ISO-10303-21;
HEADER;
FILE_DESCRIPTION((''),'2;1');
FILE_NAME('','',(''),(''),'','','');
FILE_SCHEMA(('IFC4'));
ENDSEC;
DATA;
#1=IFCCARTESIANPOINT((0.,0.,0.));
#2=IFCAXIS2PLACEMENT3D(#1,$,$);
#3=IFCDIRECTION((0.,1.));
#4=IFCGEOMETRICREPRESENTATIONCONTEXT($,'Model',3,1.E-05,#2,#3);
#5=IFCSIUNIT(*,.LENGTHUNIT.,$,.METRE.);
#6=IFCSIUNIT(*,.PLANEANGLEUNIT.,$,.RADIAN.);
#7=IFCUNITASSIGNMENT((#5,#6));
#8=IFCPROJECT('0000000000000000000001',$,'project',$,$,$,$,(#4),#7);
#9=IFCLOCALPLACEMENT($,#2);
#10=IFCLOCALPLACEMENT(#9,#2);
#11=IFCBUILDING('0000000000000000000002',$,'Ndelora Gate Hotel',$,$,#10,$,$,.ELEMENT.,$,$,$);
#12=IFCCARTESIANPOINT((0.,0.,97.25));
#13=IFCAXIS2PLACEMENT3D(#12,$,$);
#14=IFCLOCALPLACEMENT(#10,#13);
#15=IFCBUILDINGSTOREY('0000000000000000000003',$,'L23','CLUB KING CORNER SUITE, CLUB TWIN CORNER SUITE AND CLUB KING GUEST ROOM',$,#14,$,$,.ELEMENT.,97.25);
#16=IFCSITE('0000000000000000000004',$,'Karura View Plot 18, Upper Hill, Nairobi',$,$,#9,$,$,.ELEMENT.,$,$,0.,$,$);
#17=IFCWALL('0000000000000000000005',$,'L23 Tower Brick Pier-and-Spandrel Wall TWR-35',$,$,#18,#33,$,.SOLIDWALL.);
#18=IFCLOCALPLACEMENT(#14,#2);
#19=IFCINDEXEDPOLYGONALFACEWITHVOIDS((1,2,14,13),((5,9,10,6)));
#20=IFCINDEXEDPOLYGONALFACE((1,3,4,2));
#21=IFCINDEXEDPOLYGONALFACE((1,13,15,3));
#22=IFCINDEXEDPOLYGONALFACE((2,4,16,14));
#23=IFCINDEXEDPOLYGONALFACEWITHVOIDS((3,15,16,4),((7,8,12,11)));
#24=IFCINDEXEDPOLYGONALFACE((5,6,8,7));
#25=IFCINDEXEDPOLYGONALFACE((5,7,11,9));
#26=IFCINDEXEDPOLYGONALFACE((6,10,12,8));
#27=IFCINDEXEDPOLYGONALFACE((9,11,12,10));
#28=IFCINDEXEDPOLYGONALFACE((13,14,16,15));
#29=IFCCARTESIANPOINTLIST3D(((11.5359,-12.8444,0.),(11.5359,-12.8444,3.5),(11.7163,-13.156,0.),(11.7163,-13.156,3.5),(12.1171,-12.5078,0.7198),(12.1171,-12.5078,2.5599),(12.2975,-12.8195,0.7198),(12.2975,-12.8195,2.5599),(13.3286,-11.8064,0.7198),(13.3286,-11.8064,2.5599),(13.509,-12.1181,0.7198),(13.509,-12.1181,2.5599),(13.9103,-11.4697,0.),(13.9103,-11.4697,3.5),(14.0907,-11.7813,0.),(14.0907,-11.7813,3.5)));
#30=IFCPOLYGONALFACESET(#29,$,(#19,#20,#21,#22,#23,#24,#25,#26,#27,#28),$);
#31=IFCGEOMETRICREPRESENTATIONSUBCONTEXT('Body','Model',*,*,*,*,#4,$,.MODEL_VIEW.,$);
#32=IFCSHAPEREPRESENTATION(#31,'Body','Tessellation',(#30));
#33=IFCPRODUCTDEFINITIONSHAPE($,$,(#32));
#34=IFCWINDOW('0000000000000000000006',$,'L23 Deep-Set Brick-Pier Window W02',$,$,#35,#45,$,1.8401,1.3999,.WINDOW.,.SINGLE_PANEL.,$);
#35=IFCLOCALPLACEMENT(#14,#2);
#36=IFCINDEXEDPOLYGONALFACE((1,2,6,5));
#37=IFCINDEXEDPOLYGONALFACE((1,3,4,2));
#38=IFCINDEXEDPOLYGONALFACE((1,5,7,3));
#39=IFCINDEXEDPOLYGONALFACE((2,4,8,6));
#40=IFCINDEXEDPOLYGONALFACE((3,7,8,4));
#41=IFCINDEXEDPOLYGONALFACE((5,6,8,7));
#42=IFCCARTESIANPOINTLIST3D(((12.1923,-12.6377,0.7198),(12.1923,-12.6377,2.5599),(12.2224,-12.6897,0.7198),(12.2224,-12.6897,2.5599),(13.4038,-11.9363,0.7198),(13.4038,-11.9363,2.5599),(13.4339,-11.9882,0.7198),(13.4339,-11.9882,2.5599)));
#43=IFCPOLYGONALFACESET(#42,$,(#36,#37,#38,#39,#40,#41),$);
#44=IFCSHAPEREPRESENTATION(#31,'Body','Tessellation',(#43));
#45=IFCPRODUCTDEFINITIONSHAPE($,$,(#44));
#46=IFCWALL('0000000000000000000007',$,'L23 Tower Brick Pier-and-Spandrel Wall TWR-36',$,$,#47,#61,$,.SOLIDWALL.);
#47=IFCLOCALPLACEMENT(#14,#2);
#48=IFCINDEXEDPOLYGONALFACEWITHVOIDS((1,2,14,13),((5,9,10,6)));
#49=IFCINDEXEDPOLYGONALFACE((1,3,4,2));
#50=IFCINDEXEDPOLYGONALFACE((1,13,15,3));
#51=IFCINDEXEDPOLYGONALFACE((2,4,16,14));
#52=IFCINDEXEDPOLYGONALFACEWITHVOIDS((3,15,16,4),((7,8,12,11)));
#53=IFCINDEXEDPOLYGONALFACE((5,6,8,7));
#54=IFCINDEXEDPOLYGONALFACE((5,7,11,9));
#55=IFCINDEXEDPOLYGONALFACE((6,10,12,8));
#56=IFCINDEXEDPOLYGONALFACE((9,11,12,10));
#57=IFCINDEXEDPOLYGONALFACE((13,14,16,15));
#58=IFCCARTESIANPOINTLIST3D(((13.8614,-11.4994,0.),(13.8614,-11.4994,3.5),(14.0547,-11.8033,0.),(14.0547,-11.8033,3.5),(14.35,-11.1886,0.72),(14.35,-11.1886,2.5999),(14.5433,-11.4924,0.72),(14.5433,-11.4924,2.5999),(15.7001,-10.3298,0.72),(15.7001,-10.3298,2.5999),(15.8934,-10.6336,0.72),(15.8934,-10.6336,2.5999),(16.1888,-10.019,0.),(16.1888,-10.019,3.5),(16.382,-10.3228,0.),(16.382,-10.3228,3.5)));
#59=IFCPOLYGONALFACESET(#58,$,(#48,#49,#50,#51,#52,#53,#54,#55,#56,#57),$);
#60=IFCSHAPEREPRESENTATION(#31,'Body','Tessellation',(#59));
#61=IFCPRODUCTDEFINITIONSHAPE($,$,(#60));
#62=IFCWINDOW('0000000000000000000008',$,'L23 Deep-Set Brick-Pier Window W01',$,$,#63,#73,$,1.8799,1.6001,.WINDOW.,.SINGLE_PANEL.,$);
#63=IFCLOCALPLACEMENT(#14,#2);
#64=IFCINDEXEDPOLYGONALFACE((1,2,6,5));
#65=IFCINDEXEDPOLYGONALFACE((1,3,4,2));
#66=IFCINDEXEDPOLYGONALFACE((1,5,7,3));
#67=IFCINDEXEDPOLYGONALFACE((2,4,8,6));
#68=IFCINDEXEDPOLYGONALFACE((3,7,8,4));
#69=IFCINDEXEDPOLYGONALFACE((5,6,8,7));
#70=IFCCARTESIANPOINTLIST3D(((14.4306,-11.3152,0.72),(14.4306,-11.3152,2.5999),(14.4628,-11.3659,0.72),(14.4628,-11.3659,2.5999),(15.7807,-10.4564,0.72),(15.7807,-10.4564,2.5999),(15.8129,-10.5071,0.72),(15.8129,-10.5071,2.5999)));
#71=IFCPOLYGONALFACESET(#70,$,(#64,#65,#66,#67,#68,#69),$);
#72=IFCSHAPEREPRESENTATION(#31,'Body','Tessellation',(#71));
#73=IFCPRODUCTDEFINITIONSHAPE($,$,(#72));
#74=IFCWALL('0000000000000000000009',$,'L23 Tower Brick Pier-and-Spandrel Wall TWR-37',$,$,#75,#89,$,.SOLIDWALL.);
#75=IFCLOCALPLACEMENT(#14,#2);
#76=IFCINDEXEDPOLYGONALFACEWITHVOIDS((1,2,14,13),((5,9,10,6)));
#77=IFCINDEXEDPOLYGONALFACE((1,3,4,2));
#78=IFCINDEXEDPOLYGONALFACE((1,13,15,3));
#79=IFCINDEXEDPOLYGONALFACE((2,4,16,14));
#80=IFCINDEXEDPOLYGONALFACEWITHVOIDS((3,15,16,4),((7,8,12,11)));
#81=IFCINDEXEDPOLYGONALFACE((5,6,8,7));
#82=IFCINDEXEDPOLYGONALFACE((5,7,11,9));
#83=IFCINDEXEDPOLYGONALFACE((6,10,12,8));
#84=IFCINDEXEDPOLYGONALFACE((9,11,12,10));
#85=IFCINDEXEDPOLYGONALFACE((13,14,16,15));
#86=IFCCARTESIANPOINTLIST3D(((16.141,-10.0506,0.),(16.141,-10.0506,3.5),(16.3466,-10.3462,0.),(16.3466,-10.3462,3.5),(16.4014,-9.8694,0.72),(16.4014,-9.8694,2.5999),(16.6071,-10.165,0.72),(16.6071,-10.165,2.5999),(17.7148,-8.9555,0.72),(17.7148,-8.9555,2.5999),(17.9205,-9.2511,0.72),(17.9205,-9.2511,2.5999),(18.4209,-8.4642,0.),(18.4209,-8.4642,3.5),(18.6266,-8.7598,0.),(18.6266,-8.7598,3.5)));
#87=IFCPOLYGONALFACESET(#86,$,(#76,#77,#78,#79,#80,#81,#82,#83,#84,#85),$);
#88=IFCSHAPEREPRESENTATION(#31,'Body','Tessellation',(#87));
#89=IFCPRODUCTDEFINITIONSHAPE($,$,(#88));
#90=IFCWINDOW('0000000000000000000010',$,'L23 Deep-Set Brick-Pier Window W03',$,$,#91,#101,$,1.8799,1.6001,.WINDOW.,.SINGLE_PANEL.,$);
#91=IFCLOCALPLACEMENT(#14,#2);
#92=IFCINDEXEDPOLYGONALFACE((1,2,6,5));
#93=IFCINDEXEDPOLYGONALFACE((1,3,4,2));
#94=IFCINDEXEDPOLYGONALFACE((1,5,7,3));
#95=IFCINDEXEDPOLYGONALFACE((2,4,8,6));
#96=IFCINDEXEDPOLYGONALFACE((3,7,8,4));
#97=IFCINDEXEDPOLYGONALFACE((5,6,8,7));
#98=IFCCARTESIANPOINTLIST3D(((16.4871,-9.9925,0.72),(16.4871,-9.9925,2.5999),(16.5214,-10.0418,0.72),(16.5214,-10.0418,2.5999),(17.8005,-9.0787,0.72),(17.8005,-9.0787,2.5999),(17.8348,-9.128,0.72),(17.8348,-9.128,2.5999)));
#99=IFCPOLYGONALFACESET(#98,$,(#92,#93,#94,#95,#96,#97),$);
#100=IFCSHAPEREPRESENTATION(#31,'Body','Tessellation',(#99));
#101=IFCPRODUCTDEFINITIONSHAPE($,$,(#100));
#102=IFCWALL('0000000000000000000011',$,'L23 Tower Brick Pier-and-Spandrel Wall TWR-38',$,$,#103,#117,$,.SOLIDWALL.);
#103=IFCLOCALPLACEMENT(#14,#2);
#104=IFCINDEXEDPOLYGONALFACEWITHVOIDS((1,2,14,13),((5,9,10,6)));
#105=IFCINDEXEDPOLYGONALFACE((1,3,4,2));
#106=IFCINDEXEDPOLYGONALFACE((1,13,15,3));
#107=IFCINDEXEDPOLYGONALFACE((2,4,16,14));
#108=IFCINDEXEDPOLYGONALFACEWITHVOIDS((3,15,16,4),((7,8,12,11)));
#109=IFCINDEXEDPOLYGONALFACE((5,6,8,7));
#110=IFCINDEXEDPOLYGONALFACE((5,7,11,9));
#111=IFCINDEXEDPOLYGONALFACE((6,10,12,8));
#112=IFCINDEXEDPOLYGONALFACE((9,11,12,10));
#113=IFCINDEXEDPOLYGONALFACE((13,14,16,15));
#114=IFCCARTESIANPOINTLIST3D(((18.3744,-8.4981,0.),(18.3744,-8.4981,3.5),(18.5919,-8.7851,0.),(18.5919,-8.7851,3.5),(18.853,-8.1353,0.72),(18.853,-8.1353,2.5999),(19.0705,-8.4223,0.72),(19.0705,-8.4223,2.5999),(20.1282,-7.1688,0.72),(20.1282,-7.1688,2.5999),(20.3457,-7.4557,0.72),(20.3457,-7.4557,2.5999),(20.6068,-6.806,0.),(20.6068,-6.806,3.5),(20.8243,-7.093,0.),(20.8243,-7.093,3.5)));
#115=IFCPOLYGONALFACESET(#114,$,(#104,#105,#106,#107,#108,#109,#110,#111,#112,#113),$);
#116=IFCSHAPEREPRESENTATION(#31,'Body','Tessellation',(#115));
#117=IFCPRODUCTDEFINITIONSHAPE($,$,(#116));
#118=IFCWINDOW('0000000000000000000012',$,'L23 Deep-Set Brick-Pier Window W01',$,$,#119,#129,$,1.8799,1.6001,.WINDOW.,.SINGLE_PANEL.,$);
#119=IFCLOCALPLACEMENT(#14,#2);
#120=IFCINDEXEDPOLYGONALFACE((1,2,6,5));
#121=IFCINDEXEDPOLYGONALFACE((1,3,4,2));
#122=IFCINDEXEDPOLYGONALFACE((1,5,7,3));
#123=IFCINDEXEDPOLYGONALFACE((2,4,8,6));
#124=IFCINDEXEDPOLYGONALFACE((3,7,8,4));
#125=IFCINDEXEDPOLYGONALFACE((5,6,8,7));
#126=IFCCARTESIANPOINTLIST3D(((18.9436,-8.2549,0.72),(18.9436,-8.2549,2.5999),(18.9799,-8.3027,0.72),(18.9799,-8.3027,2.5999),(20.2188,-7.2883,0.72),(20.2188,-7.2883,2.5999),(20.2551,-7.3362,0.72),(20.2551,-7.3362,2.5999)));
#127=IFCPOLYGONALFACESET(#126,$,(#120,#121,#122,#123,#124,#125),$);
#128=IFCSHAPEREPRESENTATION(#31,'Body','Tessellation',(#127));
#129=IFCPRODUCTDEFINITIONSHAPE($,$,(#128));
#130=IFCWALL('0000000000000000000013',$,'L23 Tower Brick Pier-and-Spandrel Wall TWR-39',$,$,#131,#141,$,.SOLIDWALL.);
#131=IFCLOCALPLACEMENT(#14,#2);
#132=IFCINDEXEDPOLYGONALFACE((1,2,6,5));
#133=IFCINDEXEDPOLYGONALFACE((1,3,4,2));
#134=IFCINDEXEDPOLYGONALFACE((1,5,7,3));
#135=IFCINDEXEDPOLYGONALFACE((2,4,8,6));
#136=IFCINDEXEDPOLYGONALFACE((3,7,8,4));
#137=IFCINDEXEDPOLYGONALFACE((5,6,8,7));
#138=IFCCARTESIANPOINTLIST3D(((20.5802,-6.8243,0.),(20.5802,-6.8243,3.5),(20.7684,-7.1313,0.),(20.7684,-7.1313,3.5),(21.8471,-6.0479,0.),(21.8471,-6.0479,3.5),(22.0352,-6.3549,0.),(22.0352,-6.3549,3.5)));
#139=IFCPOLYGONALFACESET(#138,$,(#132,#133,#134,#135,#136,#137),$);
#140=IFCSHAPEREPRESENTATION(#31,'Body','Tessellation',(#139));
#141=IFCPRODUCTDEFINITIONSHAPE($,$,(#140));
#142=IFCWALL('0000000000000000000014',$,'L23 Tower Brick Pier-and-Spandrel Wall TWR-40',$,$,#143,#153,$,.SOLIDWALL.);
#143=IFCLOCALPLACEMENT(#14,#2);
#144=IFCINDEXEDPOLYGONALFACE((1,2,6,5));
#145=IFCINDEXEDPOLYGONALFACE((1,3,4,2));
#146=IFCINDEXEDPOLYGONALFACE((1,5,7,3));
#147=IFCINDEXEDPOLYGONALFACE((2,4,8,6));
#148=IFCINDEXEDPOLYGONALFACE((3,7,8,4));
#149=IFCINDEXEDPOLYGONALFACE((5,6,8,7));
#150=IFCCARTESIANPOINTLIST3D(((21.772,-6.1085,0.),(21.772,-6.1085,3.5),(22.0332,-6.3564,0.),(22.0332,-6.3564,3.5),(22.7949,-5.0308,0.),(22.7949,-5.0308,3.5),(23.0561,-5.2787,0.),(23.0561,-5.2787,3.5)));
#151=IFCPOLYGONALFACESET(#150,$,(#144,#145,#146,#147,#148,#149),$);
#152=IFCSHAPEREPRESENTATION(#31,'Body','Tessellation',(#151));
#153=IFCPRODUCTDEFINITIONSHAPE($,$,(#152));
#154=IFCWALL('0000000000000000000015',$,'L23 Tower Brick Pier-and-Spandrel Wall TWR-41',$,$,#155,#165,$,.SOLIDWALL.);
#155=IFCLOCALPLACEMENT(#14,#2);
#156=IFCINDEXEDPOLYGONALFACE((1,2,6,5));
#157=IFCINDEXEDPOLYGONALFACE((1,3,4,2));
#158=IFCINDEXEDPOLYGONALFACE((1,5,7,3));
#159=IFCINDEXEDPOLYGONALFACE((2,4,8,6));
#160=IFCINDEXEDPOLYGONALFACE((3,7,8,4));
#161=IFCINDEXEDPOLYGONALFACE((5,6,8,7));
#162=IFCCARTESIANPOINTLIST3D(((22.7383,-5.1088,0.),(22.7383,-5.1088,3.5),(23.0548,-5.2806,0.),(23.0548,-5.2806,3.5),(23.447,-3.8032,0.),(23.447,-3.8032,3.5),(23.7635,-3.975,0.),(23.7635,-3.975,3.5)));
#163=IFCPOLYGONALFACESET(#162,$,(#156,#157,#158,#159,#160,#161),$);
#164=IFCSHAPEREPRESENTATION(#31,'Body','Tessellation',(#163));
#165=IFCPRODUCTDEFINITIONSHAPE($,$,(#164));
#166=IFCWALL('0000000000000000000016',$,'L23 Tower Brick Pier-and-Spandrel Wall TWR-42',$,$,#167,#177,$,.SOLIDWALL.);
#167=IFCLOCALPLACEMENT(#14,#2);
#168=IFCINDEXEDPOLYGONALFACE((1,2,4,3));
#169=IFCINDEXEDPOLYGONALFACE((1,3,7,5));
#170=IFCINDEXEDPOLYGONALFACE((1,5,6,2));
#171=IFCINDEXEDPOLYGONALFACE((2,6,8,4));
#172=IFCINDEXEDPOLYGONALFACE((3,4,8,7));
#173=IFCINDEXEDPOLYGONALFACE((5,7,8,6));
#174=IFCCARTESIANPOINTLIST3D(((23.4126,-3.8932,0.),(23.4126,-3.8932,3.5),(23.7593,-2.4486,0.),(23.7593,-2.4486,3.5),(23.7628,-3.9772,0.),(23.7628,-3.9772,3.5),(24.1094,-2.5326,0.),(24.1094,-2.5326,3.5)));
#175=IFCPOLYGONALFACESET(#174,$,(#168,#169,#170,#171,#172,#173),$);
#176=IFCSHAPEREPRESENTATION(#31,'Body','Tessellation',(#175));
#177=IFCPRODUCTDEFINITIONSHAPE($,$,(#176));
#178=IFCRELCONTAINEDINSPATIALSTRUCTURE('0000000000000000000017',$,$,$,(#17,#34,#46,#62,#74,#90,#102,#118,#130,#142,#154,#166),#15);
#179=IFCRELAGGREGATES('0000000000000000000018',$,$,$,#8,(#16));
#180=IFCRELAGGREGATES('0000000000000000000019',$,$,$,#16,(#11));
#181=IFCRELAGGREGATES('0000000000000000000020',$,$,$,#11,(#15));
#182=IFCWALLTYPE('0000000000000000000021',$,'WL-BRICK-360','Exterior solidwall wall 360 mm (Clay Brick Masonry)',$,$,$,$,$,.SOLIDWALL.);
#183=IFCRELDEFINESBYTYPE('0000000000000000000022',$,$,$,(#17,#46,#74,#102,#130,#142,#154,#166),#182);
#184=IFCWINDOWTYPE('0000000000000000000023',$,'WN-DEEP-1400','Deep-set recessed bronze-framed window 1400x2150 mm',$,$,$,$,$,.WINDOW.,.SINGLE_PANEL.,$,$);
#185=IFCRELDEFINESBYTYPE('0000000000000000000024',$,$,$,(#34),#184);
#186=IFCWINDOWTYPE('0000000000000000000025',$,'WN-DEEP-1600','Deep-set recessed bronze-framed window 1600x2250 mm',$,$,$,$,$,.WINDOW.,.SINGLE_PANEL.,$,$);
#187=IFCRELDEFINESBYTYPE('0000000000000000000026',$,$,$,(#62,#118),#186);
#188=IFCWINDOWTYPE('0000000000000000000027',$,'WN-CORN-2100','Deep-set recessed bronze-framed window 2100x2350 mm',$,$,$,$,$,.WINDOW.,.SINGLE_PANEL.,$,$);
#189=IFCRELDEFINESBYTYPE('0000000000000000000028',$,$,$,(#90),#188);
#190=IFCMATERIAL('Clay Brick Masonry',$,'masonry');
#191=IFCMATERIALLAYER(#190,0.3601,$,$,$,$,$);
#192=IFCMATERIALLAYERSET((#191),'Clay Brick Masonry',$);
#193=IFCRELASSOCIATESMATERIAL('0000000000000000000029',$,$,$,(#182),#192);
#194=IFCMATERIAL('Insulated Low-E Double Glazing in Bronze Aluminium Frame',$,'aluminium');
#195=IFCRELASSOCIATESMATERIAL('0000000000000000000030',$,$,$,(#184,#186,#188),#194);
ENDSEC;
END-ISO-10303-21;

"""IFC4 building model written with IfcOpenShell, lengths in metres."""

from ifc_helpers import new_model, si_unit, direction, frame, frame_2d, origin, place, context, subcontext, project, spatial, rectangle, extrude, material, layer, layer_set, type_object, element, fill, save


model = new_model("IFC4")

# Units and contexts
model_context = context("Model", 3, precision=1e-05, world=origin(), true_north=direction((0.0, 1.0)))
body_context = subcontext(model_context, "Body", "Model", "MODEL_VIEW")
ifc_project = project(units=[si_unit("LENGTHUNIT", "METRE"), si_unit("PLANEANGLEUNIT", "RADIAN")], contexts=[model_context])

# Site, building, storey
site_placement = place(None, origin())
site = spatial("IfcSite", under=ifc_project, at=site_placement, Name="Karura View Plot 18, Upper Hill, Nairobi", CompositionType="ELEMENT", RefElevation=0.0)
building_placement = place(site_placement, origin())
building = spatial("IfcBuilding", under=site, at=building_placement, Name="Ndelora Gate Hotel", CompositionType="ELEMENT")
storey_placement = place(building_placement, frame((0.0, 0.0, 97.25)))
storey = spatial("IfcBuildingStorey", under=building, at=storey_placement, Name="L23", Description="CLUB KING CORNER SUITE, CLUB TWIN CORNER SUITE AND CLUB KING GUEST ROOM", CompositionType="ELEMENT", Elevation=97.25)

# Walls, openings, windows
ifc_material_1 = material(Name="Clay Brick Masonry", Category="masonry")
ifc_layer_1 = layer(ifc_material_1, 0.3601)
ifc_layer_set_1 = layer_set([ifc_layer_1], Name="Clay Brick Masonry")
wall_type_1 = type_object("IfcWallType", Name="WL-BRICK-360", Description="Exterior solidwall wall 360 mm (Clay Brick Masonry)", PredefinedType="SOLIDWALL", material=ifc_layer_set_1)
ifc_material_2 = material(Name="Insulated Low-E Double Glazing in Bronze Aluminium Frame", Category="aluminium")
window_type_1 = type_object("IfcWindowType", Name="WN-DEEP-1400", Description="Deep-set recessed bronze-framed window 1400x2150 mm", PartitioningType="SINGLE_PANEL", PredefinedType="WINDOW", material=ifc_material_2)
wall_1_placement = place(storey_placement, frame((14.0005, -11.6255, 0.0), z_axis=(0.0, 0.0, 1.0), x_axis=(-0.86542, -0.501047, 0.0)))
wall_1 = element("IfcWall", 1, at=wall_1_placement, inside=storey, type_object=wall_type_1, Name="L23 Tower Brick Pier-and-Spandrel Wall TWR-35", PredefinedType="SOLIDWALL", context=body_context, shape_type="SweptSolid", body=[
    extrude(rectangle(XDim=2.7437, YDim=0.3601, at=frame_2d((1.3718, 0.0))), origin(), (0.0, 0.0, 1.0), 3.5),
])
opening_1_placement = place(wall_1_placement, frame((0.6721, 0.0, 0.72)))
opening_1 = element("IfcOpeningElement", 2, at=opening_1_placement, cuts=wall_1, PredefinedType="OPENING", context=body_context, shape_type="SweptSolid", body=[
    extrude(rectangle(XDim=1.3999, YDim=1.8401, at=frame_2d((0.7, 0.9199))), frame((0.0, 0.1899, 0.0), z_axis=(0.0, -1.0, 0.0), x_axis=(1.0, 0.0, 0.0)), (0.0, 0.0, 1.0), 0.3801),
])
window_1_placement = place(opening_1_placement, origin())
window_1 = element("IfcWindow", 3, at=window_1_placement, inside=storey, type_object=window_type_1, Name="L23 Deep-Set Brick-Pier Window W02", OverallHeight=1.8401, OverallWidth=1.3999, PartitioningType="SINGLE_PANEL", PredefinedType="WINDOW", context=body_context, shape_type="SweptSolid", body=[
    extrude(rectangle(XDim=1.3999, YDim=1.8401, at=frame_2d((0.7, 0.9199))), frame((0.0, 0.03, 0.0), z_axis=(0.0, -1.0, 0.0), x_axis=(1.0, 0.0, 0.0)), (0.0, 0.0, 1.0), 0.0601),
])
fill(opening_1, window_1)
wall_2_placement = place(storey_placement, frame((16.2854, -10.1709, 0.0), z_axis=(0.0, 0.0, 1.0), x_axis=(-0.84376, -0.536721, 0.0)))
wall_2 = element("IfcWall", 4, at=wall_2_placement, inside=storey, type_object=wall_type_1, Name="L23 Tower Brick Pier-and-Spandrel Wall TWR-36", PredefinedType="SOLIDWALL", context=body_context, shape_type="SweptSolid", body=[
    extrude(rectangle(XDim=2.7583, YDim=0.3601, at=frame_2d((1.3792, 0.0))), origin(), (0.0, 0.0, 1.0), 3.5),
])
opening_2_placement = place(wall_2_placement, frame((0.5791, 0.0, 0.72)))
opening_2 = element("IfcOpeningElement", 5, at=opening_2_placement, cuts=wall_2, PredefinedType="OPENING", context=body_context, shape_type="SweptSolid", body=[
    extrude(rectangle(XDim=1.6001, YDim=1.8799, at=frame_2d((0.8, 0.9399))), frame((0.0, 0.1899, 0.0), z_axis=(0.0, -1.0, 0.0), x_axis=(1.0, 0.0, 0.0)), (0.0, 0.0, 1.0), 0.3801),
])
window_type_2 = type_object("IfcWindowType", Name="WN-DEEP-1600", Description="Deep-set recessed bronze-framed window 1600x2250 mm", PartitioningType="SINGLE_PANEL", PredefinedType="WINDOW", material=ifc_material_2)
window_2_placement = place(opening_2_placement, origin())
window_2 = element("IfcWindow", 6, at=window_2_placement, inside=storey, type_object=window_type_2, Name="L23 Deep-Set Brick-Pier Window W01", OverallHeight=1.8799, OverallWidth=1.6001, PartitioningType="SINGLE_PANEL", PredefinedType="WINDOW", context=body_context, shape_type="SweptSolid", body=[
    extrude(rectangle(XDim=1.6001, YDim=1.8799, at=frame_2d((0.8, 0.9399))), frame((0.0, 0.03, 0.0), z_axis=(0.0, -1.0, 0.0), x_axis=(1.0, 0.0, 0.0)), (0.0, 0.0, 1.0), 0.0601),
])
fill(opening_2, window_2)
wall_3_placement = place(storey_placement, frame((18.5237, -8.6121, 0.0), z_axis=(0.0, 0.0, 1.0), x_axis=(-0.820851, -0.571142, 0.0)))
wall_3 = element("IfcWall", 7, at=wall_3_placement, inside=storey, type_object=wall_type_1, Name="L23 Tower Brick Pier-and-Spandrel Wall TWR-37", PredefinedType="SOLIDWALL", context=body_context, shape_type="SweptSolid", body=[
    extrude(rectangle(XDim=2.7776, YDim=0.3601, at=frame_2d((1.3887, 0.0))), origin(), (0.0, 0.0, 1.0), 3.5),
])
opening_3_placement = place(wall_3_placement, frame((0.8601, 0.0, 0.72)))
opening_3 = element("IfcOpeningElement", 8, at=opening_3_placement, cuts=wall_3, PredefinedType="OPENING", context=body_context, shape_type="SweptSolid", body=[
    extrude(rectangle(XDim=1.6001, YDim=1.8799, at=frame_2d((0.8, 0.9399))), frame((0.0, 0.1899, 0.0), z_axis=(0.0, -1.0, 0.0), x_axis=(1.0, 0.0, 0.0)), (0.0, 0.0, 1.0), 0.3801),
])
window_type_3 = type_object("IfcWindowType", Name="WN-CORN-2100", Description="Deep-set recessed bronze-framed window 2100x2350 mm", PartitioningType="SINGLE_PANEL", PredefinedType="WINDOW", material=ifc_material_2)
window_3_placement = place(opening_3_placement, origin())
window_3 = element("IfcWindow", 9, at=window_3_placement, inside=storey, type_object=window_type_3, Name="L23 Deep-Set Brick-Pier Window W03", OverallHeight=1.8799, OverallWidth=1.6001, PartitioningType="SINGLE_PANEL", PredefinedType="WINDOW", context=body_context, shape_type="SweptSolid", body=[
    extrude(rectangle(XDim=1.6001, YDim=1.8799, at=frame_2d((0.8, 0.9399))), frame((0.0, 0.03, 0.0), z_axis=(0.0, -1.0, 0.0), x_axis=(1.0, 0.0, 0.0)), (0.0, 0.0, 1.0), 0.0601),
])
fill(opening_3, window_3)
wall_4_placement = place(storey_placement, frame((20.7156, -6.9495, 0.0), z_axis=(0.0, 0.0, 1.0), x_axis=(-0.796936, -0.604064, 0.0)))
wall_4 = element("IfcWall", 10, at=wall_4_placement, inside=storey, type_object=wall_type_1, Name="L23 Tower Brick Pier-and-Spandrel Wall TWR-38", PredefinedType="SOLIDWALL", context=body_context, shape_type="SweptSolid", body=[
    extrude(rectangle(XDim=2.8013, YDim=0.3601, at=frame_2d((1.4006, 0.0))), origin(), (0.0, 0.0, 1.0), 3.5),
])
opening_4_placement = place(wall_4_placement, frame((0.6006, 0.0, 0.72)))
opening_4 = element("IfcOpeningElement", 11, at=opening_4_placement, cuts=wall_4, PredefinedType="OPENING", context=body_context, shape_type="SweptSolid", body=[
    extrude(rectangle(XDim=1.6001, YDim=1.8799, at=frame_2d((0.8, 0.9399))), frame((0.0, 0.1899, 0.0), z_axis=(0.0, -1.0, 0.0), x_axis=(1.0, 0.0, 0.0)), (0.0, 0.0, 1.0), 0.3801),
])
window_4_placement = place(opening_4_placement, origin())
window_4 = element("IfcWindow", 12, at=window_4_placement, inside=storey, type_object=window_type_2, Name="L23 Deep-Set Brick-Pier Window W01", OverallHeight=1.8799, OverallWidth=1.6001, PartitioningType="SINGLE_PANEL", PredefinedType="WINDOW", context=body_context, shape_type="SweptSolid", body=[
    extrude(rectangle(XDim=1.6001, YDim=1.8799, at=frame_2d((0.8, 0.9399))), frame((0.0, 0.03, 0.0), z_axis=(0.0, -1.0, 0.0), x_axis=(1.0, 0.0, 0.0)), (0.0, 0.0, 1.0), 0.0601),
])
fill(opening_4, window_4)

# Walls
for number, where, z_axis, x_axis, name in (
    (13, (21.9412, -6.2014, 0.0), (0.0, 0.0, 1.0), (-0.852627, -0.52252, 0.0), "L23 Tower Brick Pier-and-Spandrel Wall TWR-39"),
    (14, (22.9255, -5.1548, 0.0), (0.0, 0.0, 1.0), (-0.688464, -0.72527, 0.0), "L23 Tower Brick Pier-and-Spandrel Wall TWR-40"),
):
    element("IfcWall", number, at=place(storey_placement, frame(where, z_axis=z_axis, x_axis=x_axis)), inside=storey, type_object=wall_type_1, Name=name, PredefinedType="SOLIDWALL", context=body_context, shape_type="SweptSolid", body=[
        extrude(rectangle(XDim=1.4858, YDim=0.3601, at=frame_2d((0.7429, 0.0))), origin(), (0.0, 0.0, 1.0), 3.5),
    ])
for number, where, z_axis, x_axis, name in (
    (15, (23.6052, -3.8892, 0.0), (0.0, 0.0, 1.0), (-0.477066, -0.878867, 0.0), "L23 Tower Brick Pier-and-Spandrel Wall TWR-41"),
    (16, (23.9343, -2.4907, 0.0), (0.0, 0.0, 1.0), (-0.233361, -0.97239, 0.0), "L23 Tower Brick Pier-and-Spandrel Wall TWR-42"),
):
    element("IfcWall", number, at=place(storey_placement, frame(where, z_axis=z_axis, x_axis=x_axis)), inside=storey, type_object=wall_type_1, Name=name, PredefinedType="SOLIDWALL", context=body_context, shape_type="SweptSolid", body=[
        extrude(rectangle(XDim=1.4856, YDim=0.3601, at=frame_2d((0.7427, 0.0))), origin(), (0.0, 0.0, 1.0), 3.5),
    ])

save(model, "model.ifc")
